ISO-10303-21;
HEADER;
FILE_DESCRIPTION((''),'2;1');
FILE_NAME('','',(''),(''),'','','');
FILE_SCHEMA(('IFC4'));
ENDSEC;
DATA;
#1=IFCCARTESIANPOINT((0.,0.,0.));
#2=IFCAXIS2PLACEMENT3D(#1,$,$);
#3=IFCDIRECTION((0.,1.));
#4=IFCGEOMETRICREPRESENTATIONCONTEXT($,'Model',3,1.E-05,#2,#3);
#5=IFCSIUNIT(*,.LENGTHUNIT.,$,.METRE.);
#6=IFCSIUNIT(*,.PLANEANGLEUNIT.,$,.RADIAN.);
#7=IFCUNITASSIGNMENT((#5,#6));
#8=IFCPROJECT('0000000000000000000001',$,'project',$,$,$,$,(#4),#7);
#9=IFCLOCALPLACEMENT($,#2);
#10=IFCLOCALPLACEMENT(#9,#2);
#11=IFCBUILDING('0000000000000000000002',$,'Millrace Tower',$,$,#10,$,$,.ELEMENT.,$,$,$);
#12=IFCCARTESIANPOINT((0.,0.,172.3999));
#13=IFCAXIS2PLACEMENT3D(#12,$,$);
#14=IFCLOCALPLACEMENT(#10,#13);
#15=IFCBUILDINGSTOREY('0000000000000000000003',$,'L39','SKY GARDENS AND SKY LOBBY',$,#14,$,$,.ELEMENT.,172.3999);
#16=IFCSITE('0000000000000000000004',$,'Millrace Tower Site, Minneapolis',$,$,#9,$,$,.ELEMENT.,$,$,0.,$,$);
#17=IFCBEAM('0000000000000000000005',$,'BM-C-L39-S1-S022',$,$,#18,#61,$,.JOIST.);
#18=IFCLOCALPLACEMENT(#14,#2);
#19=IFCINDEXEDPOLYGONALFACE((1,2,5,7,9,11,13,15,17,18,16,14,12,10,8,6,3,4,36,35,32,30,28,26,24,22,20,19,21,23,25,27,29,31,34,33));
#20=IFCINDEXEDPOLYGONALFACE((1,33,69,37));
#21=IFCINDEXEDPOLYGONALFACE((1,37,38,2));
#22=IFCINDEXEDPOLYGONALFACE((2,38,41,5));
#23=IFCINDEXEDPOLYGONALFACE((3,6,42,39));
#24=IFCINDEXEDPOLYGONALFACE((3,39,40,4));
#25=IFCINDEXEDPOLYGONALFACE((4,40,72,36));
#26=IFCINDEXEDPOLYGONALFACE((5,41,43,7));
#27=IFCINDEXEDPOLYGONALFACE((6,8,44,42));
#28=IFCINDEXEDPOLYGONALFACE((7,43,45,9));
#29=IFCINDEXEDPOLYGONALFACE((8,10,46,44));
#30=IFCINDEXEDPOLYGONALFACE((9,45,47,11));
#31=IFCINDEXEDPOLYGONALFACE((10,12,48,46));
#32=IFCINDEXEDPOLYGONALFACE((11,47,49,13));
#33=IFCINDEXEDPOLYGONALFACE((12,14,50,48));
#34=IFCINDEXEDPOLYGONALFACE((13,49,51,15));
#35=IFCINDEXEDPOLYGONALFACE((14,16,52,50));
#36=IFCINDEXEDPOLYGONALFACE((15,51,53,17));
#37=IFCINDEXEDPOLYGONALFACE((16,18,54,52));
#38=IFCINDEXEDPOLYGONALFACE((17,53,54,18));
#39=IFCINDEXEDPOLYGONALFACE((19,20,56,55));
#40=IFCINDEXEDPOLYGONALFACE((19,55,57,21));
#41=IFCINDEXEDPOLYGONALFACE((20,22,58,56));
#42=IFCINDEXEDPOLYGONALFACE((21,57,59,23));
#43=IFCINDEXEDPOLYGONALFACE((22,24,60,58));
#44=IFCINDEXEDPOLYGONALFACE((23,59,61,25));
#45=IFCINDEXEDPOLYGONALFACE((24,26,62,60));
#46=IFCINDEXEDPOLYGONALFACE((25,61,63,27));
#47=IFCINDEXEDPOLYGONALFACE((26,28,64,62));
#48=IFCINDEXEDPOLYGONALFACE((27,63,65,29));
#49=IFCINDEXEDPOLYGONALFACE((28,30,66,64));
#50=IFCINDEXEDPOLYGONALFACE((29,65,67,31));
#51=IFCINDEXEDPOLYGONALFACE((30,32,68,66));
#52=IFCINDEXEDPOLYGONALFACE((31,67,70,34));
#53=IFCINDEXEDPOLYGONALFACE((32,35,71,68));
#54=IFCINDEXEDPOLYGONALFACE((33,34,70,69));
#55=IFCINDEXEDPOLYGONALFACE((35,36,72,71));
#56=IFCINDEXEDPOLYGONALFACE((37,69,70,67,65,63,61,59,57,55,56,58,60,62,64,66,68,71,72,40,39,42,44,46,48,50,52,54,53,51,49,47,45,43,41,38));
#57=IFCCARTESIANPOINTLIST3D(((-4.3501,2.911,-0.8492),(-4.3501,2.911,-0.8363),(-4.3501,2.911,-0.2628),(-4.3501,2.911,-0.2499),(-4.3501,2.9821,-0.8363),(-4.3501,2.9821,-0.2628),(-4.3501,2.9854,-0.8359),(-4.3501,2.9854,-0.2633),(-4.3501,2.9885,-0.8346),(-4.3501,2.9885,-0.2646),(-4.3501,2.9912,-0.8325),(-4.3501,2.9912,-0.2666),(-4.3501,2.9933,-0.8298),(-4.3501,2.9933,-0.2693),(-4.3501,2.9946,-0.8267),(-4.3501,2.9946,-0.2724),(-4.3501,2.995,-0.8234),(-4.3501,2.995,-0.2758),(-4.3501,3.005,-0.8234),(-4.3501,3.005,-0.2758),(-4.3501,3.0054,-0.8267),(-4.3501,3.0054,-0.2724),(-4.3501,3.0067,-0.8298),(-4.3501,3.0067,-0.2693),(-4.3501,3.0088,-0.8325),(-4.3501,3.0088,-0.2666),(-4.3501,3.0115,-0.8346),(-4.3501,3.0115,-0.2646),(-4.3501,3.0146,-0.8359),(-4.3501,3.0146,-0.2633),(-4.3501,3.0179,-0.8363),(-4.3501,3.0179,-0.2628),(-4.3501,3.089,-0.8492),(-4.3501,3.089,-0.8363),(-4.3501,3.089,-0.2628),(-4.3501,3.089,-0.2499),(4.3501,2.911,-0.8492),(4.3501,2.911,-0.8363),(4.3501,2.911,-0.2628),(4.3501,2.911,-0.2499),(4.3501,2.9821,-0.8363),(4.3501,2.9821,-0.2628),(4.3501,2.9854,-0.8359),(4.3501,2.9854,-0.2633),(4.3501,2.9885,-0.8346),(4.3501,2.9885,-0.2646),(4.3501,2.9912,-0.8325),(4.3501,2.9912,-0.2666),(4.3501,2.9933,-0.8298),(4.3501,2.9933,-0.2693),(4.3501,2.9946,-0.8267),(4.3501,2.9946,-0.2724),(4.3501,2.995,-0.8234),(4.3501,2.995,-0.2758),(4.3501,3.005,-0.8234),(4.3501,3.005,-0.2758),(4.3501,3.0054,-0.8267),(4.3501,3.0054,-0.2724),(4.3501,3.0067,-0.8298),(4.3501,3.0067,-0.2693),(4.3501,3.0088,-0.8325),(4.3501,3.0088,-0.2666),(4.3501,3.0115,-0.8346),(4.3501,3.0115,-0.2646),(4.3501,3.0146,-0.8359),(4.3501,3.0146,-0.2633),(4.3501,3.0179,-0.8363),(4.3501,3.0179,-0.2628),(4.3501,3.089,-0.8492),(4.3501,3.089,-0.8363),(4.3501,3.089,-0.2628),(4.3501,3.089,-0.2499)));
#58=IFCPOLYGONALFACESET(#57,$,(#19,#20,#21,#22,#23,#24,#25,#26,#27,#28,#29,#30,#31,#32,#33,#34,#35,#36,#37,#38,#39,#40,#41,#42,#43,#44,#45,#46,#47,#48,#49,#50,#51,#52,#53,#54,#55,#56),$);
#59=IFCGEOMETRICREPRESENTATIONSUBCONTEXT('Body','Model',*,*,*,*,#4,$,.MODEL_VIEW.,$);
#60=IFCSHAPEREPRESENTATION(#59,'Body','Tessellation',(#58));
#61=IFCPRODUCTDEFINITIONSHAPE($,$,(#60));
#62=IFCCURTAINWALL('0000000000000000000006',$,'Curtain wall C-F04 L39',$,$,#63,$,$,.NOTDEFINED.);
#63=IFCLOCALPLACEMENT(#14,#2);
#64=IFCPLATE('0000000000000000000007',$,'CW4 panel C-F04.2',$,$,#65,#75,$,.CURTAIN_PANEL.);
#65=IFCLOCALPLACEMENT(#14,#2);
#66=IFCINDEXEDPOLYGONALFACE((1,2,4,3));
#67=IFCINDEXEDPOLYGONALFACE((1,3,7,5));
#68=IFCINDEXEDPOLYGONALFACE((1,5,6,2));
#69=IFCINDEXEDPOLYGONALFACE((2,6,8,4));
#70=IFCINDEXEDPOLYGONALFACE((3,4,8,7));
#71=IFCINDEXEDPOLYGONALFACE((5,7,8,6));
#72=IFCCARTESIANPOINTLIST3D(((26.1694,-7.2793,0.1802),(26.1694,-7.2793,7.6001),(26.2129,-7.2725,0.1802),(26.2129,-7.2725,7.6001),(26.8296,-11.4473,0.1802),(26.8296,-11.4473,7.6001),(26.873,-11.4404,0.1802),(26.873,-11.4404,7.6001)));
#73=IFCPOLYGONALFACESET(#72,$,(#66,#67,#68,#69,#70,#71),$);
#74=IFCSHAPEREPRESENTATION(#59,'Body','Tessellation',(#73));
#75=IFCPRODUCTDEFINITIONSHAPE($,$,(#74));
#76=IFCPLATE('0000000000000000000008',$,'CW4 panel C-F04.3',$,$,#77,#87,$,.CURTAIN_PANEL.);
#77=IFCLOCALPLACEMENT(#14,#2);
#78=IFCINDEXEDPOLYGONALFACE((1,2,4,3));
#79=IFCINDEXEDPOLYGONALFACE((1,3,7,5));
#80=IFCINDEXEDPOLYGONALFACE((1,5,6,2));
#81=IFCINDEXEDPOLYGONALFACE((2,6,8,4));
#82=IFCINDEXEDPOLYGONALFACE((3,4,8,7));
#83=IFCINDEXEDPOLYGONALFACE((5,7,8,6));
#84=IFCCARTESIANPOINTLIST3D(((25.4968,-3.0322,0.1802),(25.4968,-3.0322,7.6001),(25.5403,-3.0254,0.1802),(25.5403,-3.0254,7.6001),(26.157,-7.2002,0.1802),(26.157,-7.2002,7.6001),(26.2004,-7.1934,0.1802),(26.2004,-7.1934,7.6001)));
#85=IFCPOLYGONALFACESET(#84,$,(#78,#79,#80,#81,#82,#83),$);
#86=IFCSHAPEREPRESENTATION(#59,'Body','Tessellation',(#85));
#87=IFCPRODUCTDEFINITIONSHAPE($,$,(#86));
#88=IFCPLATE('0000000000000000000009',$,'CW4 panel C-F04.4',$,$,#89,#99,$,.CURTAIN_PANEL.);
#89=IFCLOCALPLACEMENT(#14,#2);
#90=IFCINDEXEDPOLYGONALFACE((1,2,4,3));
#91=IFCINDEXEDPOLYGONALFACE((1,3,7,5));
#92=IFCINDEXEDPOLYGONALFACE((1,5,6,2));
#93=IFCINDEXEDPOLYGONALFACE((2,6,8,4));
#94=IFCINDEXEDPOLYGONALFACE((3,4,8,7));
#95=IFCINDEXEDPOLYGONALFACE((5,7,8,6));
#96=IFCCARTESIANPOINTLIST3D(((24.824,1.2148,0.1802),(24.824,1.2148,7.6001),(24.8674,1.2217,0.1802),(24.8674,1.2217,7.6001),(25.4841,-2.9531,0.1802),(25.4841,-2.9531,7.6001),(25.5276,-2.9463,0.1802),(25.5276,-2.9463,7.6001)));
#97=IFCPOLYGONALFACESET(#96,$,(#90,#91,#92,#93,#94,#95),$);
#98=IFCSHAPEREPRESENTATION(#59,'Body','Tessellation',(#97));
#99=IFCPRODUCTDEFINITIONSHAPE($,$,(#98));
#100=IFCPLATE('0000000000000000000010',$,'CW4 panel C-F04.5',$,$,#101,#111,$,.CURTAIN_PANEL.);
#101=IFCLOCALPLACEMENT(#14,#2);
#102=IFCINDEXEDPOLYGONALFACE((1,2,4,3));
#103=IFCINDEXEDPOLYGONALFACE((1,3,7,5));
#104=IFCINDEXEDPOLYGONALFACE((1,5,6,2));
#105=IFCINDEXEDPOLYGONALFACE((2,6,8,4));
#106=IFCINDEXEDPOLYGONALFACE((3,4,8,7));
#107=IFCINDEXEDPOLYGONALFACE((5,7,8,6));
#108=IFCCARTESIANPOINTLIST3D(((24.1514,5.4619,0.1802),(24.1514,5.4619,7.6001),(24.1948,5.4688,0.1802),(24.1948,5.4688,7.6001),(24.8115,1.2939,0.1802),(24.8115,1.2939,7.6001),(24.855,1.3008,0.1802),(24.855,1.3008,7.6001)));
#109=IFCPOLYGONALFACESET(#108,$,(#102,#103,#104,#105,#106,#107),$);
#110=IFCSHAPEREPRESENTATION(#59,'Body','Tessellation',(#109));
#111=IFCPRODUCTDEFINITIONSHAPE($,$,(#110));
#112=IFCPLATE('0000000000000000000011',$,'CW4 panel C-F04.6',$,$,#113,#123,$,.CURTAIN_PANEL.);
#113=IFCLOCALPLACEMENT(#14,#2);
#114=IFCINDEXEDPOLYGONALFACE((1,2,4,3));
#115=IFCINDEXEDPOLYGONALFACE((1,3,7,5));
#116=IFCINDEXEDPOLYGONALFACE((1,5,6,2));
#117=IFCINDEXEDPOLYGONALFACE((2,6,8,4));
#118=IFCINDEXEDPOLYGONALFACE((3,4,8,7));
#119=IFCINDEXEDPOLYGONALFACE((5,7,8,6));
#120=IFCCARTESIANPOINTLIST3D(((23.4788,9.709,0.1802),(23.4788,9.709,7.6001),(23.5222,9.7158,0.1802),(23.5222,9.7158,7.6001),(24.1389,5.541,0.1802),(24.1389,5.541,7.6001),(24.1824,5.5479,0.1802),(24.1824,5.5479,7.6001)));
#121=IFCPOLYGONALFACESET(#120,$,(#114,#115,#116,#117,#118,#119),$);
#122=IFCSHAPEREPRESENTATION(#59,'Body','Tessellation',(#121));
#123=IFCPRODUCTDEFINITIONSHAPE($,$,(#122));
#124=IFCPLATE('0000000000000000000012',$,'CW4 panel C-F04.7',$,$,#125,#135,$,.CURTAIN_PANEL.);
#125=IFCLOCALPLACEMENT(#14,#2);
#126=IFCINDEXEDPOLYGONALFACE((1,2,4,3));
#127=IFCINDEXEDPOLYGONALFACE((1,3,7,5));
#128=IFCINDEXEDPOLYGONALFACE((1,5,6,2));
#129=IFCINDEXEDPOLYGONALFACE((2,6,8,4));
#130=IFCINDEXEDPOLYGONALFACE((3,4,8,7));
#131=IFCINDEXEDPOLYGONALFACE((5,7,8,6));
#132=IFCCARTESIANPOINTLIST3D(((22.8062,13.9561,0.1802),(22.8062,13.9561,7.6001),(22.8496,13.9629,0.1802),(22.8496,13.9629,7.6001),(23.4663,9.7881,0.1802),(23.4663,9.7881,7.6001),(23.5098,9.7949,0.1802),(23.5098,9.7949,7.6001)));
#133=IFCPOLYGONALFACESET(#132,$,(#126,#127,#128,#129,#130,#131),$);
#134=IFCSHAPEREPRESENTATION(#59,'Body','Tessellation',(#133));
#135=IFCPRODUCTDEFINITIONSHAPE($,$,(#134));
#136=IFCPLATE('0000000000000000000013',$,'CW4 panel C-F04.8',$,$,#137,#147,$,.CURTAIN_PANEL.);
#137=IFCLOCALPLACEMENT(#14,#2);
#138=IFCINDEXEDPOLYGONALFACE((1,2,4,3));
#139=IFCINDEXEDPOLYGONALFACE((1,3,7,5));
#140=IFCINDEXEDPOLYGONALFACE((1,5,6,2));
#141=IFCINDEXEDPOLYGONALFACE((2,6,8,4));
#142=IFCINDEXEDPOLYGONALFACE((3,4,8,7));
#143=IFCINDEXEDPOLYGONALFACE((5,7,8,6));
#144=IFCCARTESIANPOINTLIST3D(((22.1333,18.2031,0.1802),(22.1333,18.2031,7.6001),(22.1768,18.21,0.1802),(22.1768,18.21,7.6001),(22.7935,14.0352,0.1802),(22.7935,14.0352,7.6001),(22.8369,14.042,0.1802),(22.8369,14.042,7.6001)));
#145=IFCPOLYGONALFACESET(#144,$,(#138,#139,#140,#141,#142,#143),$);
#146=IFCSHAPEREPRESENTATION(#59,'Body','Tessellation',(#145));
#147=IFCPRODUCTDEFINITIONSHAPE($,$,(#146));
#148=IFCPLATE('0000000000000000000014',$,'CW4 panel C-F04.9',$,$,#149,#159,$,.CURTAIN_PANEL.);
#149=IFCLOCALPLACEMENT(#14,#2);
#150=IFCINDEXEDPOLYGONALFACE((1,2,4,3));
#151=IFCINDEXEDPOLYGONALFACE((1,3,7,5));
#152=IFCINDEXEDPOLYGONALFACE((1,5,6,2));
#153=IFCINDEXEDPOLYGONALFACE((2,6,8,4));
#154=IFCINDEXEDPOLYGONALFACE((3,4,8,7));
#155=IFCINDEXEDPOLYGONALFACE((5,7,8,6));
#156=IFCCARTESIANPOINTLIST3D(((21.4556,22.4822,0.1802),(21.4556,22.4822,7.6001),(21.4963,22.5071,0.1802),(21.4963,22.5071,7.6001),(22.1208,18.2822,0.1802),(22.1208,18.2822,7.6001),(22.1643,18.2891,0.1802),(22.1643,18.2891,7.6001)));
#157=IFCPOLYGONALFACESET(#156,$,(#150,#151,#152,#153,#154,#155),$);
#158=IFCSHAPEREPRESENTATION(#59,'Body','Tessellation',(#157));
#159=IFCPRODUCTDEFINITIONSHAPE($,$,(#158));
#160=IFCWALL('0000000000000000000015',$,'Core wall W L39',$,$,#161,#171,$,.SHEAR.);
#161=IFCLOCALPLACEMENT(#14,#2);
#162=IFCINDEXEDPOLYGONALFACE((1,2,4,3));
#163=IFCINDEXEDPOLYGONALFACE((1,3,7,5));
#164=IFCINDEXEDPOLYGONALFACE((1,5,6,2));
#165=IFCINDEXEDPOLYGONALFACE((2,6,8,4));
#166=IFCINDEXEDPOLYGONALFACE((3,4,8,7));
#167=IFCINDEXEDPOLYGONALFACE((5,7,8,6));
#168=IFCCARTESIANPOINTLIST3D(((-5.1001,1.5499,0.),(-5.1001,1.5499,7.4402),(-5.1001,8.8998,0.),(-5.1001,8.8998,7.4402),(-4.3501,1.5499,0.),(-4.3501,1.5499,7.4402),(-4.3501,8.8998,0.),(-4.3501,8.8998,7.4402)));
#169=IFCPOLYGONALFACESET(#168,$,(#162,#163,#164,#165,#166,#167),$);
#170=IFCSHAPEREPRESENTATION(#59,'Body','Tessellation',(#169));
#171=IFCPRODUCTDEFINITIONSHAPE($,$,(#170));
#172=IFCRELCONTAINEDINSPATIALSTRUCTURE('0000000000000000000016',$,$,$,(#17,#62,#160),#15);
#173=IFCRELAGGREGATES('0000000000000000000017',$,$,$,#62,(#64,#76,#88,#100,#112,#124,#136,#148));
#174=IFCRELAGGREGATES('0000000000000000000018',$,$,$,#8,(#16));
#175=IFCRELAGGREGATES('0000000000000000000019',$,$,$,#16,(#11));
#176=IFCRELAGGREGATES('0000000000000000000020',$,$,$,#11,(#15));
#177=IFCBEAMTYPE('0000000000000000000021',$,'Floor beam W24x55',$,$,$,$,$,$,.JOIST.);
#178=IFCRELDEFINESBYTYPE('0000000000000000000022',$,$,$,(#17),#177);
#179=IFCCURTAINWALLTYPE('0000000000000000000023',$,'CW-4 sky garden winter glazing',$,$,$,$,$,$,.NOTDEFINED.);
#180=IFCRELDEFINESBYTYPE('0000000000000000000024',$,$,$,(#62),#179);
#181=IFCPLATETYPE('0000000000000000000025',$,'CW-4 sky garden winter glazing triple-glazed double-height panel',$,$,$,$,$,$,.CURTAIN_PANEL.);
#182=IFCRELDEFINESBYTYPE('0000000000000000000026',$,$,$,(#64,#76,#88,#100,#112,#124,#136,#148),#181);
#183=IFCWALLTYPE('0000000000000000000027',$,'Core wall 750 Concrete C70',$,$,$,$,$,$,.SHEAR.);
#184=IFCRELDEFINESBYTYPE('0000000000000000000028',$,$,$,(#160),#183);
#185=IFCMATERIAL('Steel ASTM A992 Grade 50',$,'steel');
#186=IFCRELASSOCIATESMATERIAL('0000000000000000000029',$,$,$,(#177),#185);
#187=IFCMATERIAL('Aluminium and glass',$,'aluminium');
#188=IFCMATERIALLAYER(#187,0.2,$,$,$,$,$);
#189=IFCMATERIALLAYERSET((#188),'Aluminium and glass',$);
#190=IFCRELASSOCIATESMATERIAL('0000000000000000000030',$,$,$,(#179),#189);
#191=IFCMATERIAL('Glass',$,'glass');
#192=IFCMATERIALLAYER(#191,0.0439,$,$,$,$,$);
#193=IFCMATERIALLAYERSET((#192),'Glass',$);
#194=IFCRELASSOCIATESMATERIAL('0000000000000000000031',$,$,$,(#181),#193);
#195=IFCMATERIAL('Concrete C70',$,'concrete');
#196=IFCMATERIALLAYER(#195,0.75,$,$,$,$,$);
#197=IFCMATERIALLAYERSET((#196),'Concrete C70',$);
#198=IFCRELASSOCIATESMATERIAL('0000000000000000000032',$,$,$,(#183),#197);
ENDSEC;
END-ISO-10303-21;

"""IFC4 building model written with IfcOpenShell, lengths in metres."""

from ifc_helpers import new_model, si_unit, direction, frame, frame_2d, origin, origin_2d, place, context, subcontext, project, spatial, polyline, rectangle, i_section, outline, extrude, material, layer, layer_set, material_profile, profile_set, type_object, element, aggregate, save


model = new_model("IFC4")

# Units and contexts
model_context = context("Model", 3, precision=1e-05, world=origin(), true_north=direction((0.0, 1.0)))
body_context = subcontext(model_context, "Body", "Model", "MODEL_VIEW")
ifc_project = project(units=[si_unit("LENGTHUNIT", "METRE"), si_unit("PLANEANGLEUNIT", "RADIAN")], contexts=[model_context])

# Site, building, storey
site_placement = place(None, origin())
site = spatial("IfcSite", under=ifc_project, at=site_placement, Name="Millrace Tower Site, Minneapolis", CompositionType="ELEMENT", RefElevation=0.0)
building_placement = place(site_placement, origin())
building = spatial("IfcBuilding", under=site, at=building_placement, Name="Millrace Tower", CompositionType="ELEMENT")
storey_placement = place(building_placement, frame((0.0, 0.0, 172.3999)))
storey = spatial("IfcBuildingStorey", under=building, at=storey_placement, Name="L39", Description="SKY GARDENS AND SKY LOBBY", CompositionType="ELEMENT", Elevation=172.3999)

# Beam
ifc_material_1 = material(Name="Steel ASTM A992 Grade 50", Category="steel")
ifc_material_profile = material_profile(ifc_material_1, i_section(OverallWidth=0.178, OverallDepth=0.5994, WebThickness=0.01, FlangeThickness=0.0129, FilletRadius=0.0129, at=origin_2d()))
ifc_profile_set = profile_set([ifc_material_profile], Name="Steel ASTM A992 Grade 50")
beam_type = type_object("IfcBeamType", Name="Floor beam W24x55", PredefinedType="JOIST", material=ifc_profile_set)
beam_placement = place(storey_placement, frame((-4.3501, 3.0, -0.5496), z_axis=(1.0, 0.0, 0.0), x_axis=(0.0, 1.0, 0.0)))
element("IfcBeam", 1, at=beam_placement, inside=storey, type_object=beam_type, Name="BM-C-L39-S1-S022", PredefinedType="JOIST", context=body_context, shape_type="SweptSolid", body=[
    extrude(i_section(OverallWidth=0.178, OverallDepth=0.5994, WebThickness=0.01, FlangeThickness=0.0129, FilletRadius=0.0129, at=origin_2d()), origin(), (0.0, 0.0, 1.0), 8.7002),
])

# Curtain wall, plates
ifc_material_2 = material(Name="Aluminium and glass", Category="aluminium")
ifc_layer_1 = layer(ifc_material_2, 0.2)
ifc_layer_set_1 = layer_set([ifc_layer_1], Name="Aluminium and glass")
curtain_wall_type = type_object("IfcCurtainWallType", Name="CW-4 sky garden winter glazing", PredefinedType="NOTDEFINED", material=ifc_layer_set_1)
placement_1 = place(storey_placement, origin())
curtain_wall = element("IfcCurtainWall", 2, at=placement_1, inside=storey, type_object=curtain_wall_type, Name="Curtain wall C-F04 L39", PredefinedType="NOTDEFINED")
ifc_material_3 = material(Name="Glass", Category="glass")
ifc_layer_2 = layer(ifc_material_3, 0.0439)
ifc_layer_set_2 = layer_set([ifc_layer_2], Name="Glass")
plate_type = type_object("IfcPlateType", Name="CW-4 sky garden winter glazing triple-glazed double-height panel", PredefinedType="CURTAIN_PANEL", material=ifc_layer_set_2)
placement_2 = place(storey_placement, frame((0.0, 0.0, 0.1802)))
plate_1 = element("IfcPlate", 3, at=placement_2, type_object=plate_type, Name="CW4 panel C-F04.2", PredefinedType="CURTAIN_PANEL", context=body_context, shape_type="SweptSolid", body=[
    extrude(outline(polyline([(26.873, -11.4404), (26.2129, -7.2725), (26.1694, -7.2793), (26.8296, -11.4473), (26.873, -11.4404)])), origin(), (0.0, 0.0, 1.0), 7.4199),
])
plate_2 = element("IfcPlate", 4, at=placement_2, type_object=plate_type, Name="CW4 panel C-F04.3", PredefinedType="CURTAIN_PANEL", context=body_context, shape_type="SweptSolid", body=[
    extrude(outline(polyline([(26.2004, -7.1934), (25.5403, -3.0254), (25.4968, -3.0322), (26.157, -7.2002), (26.2004, -7.1934)])), origin(), (0.0, 0.0, 1.0), 7.4199),
])
plate_3 = element("IfcPlate", 5, at=placement_2, type_object=plate_type, Name="CW4 panel C-F04.4", PredefinedType="CURTAIN_PANEL", context=body_context, shape_type="SweptSolid", body=[
    extrude(outline(polyline([(25.5276, -2.9463), (24.8674, 1.2217), (24.824, 1.2148), (25.4841, -2.9531), (25.5276, -2.9463)])), origin(), (0.0, 0.0, 1.0), 7.4199),
])
plate_4 = element("IfcPlate", 6, at=placement_2, type_object=plate_type, Name="CW4 panel C-F04.5", PredefinedType="CURTAIN_PANEL", context=body_context, shape_type="SweptSolid", body=[
    extrude(outline(polyline([(24.855, 1.3008), (24.1948, 5.4688), (24.1514, 5.4619), (24.8115, 1.2939), (24.855, 1.3008)])), origin(), (0.0, 0.0, 1.0), 7.4199),
])
plate_5 = element("IfcPlate", 7, at=placement_2, type_object=plate_type, Name="CW4 panel C-F04.6", PredefinedType="CURTAIN_PANEL", context=body_context, shape_type="SweptSolid", body=[
    extrude(outline(polyline([(24.1824, 5.5479), (23.5222, 9.7158), (23.4788, 9.709), (24.1389, 5.541), (24.1824, 5.5479)])), origin(), (0.0, 0.0, 1.0), 7.4199),
])
plate_6 = element("IfcPlate", 8, at=placement_2, type_object=plate_type, Name="CW4 panel C-F04.7", PredefinedType="CURTAIN_PANEL", context=body_context, shape_type="SweptSolid", body=[
    extrude(outline(polyline([(23.5098, 9.7949), (22.8496, 13.9629), (22.8062, 13.9561), (23.4663, 9.7881), (23.5098, 9.7949)])), origin(), (0.0, 0.0, 1.0), 7.4199),
])
plate_7 = element("IfcPlate", 9, at=placement_2, type_object=plate_type, Name="CW4 panel C-F04.8", PredefinedType="CURTAIN_PANEL", context=body_context, shape_type="SweptSolid", body=[
    extrude(outline(polyline([(22.8369, 14.042), (22.1768, 18.21), (22.1333, 18.2031), (22.7935, 14.0352), (22.8369, 14.042)])), origin(), (0.0, 0.0, 1.0), 7.4199),
])
plate_8 = element("IfcPlate", 10, at=placement_2, type_object=plate_type, Name="CW4 panel C-F04.9", PredefinedType="CURTAIN_PANEL", context=body_context, shape_type="SweptSolid", body=[
    extrude(outline(polyline([(22.1643, 18.2891), (21.4963, 22.5071), (21.4556, 22.4822), (22.1208, 18.2822), (22.1643, 18.2891)])), origin(), (0.0, 0.0, 1.0), 7.4199),
])
aggregate(curtain_wall, [plate_1, plate_2, plate_3, plate_4, plate_5, plate_6, plate_7, plate_8])

# Wall
ifc_material_4 = material(Name="Concrete C70", Category="concrete")
ifc_layer_3 = layer(ifc_material_4, 0.75)
ifc_layer_set_3 = layer_set([ifc_layer_3], Name="Concrete C70")
wall_type_1 = type_object("IfcWallType", Name="Core wall 750 Concrete C70", PredefinedType="SHEAR", material=ifc_layer_set_3)
wall_1_placement = place(storey_placement, frame((-4.7251, 1.55, 0.0), z_axis=(0.0, 0.0, 1.0), x_axis=(0.0, 1.0, 0.0)))
element("IfcWall", 11, at=wall_1_placement, inside=storey, type_object=wall_type_1, Name="Core wall W L39", PredefinedType="SHEAR", context=body_context, shape_type="SweptSolid", body=[
    extrude(rectangle(XDim=7.3499, YDim=0.75, at=frame_2d((3.6748, 0.0))), origin(), (0.0, 0.0, 1.0), 7.4402),
])

save(model, "model.ifc")
